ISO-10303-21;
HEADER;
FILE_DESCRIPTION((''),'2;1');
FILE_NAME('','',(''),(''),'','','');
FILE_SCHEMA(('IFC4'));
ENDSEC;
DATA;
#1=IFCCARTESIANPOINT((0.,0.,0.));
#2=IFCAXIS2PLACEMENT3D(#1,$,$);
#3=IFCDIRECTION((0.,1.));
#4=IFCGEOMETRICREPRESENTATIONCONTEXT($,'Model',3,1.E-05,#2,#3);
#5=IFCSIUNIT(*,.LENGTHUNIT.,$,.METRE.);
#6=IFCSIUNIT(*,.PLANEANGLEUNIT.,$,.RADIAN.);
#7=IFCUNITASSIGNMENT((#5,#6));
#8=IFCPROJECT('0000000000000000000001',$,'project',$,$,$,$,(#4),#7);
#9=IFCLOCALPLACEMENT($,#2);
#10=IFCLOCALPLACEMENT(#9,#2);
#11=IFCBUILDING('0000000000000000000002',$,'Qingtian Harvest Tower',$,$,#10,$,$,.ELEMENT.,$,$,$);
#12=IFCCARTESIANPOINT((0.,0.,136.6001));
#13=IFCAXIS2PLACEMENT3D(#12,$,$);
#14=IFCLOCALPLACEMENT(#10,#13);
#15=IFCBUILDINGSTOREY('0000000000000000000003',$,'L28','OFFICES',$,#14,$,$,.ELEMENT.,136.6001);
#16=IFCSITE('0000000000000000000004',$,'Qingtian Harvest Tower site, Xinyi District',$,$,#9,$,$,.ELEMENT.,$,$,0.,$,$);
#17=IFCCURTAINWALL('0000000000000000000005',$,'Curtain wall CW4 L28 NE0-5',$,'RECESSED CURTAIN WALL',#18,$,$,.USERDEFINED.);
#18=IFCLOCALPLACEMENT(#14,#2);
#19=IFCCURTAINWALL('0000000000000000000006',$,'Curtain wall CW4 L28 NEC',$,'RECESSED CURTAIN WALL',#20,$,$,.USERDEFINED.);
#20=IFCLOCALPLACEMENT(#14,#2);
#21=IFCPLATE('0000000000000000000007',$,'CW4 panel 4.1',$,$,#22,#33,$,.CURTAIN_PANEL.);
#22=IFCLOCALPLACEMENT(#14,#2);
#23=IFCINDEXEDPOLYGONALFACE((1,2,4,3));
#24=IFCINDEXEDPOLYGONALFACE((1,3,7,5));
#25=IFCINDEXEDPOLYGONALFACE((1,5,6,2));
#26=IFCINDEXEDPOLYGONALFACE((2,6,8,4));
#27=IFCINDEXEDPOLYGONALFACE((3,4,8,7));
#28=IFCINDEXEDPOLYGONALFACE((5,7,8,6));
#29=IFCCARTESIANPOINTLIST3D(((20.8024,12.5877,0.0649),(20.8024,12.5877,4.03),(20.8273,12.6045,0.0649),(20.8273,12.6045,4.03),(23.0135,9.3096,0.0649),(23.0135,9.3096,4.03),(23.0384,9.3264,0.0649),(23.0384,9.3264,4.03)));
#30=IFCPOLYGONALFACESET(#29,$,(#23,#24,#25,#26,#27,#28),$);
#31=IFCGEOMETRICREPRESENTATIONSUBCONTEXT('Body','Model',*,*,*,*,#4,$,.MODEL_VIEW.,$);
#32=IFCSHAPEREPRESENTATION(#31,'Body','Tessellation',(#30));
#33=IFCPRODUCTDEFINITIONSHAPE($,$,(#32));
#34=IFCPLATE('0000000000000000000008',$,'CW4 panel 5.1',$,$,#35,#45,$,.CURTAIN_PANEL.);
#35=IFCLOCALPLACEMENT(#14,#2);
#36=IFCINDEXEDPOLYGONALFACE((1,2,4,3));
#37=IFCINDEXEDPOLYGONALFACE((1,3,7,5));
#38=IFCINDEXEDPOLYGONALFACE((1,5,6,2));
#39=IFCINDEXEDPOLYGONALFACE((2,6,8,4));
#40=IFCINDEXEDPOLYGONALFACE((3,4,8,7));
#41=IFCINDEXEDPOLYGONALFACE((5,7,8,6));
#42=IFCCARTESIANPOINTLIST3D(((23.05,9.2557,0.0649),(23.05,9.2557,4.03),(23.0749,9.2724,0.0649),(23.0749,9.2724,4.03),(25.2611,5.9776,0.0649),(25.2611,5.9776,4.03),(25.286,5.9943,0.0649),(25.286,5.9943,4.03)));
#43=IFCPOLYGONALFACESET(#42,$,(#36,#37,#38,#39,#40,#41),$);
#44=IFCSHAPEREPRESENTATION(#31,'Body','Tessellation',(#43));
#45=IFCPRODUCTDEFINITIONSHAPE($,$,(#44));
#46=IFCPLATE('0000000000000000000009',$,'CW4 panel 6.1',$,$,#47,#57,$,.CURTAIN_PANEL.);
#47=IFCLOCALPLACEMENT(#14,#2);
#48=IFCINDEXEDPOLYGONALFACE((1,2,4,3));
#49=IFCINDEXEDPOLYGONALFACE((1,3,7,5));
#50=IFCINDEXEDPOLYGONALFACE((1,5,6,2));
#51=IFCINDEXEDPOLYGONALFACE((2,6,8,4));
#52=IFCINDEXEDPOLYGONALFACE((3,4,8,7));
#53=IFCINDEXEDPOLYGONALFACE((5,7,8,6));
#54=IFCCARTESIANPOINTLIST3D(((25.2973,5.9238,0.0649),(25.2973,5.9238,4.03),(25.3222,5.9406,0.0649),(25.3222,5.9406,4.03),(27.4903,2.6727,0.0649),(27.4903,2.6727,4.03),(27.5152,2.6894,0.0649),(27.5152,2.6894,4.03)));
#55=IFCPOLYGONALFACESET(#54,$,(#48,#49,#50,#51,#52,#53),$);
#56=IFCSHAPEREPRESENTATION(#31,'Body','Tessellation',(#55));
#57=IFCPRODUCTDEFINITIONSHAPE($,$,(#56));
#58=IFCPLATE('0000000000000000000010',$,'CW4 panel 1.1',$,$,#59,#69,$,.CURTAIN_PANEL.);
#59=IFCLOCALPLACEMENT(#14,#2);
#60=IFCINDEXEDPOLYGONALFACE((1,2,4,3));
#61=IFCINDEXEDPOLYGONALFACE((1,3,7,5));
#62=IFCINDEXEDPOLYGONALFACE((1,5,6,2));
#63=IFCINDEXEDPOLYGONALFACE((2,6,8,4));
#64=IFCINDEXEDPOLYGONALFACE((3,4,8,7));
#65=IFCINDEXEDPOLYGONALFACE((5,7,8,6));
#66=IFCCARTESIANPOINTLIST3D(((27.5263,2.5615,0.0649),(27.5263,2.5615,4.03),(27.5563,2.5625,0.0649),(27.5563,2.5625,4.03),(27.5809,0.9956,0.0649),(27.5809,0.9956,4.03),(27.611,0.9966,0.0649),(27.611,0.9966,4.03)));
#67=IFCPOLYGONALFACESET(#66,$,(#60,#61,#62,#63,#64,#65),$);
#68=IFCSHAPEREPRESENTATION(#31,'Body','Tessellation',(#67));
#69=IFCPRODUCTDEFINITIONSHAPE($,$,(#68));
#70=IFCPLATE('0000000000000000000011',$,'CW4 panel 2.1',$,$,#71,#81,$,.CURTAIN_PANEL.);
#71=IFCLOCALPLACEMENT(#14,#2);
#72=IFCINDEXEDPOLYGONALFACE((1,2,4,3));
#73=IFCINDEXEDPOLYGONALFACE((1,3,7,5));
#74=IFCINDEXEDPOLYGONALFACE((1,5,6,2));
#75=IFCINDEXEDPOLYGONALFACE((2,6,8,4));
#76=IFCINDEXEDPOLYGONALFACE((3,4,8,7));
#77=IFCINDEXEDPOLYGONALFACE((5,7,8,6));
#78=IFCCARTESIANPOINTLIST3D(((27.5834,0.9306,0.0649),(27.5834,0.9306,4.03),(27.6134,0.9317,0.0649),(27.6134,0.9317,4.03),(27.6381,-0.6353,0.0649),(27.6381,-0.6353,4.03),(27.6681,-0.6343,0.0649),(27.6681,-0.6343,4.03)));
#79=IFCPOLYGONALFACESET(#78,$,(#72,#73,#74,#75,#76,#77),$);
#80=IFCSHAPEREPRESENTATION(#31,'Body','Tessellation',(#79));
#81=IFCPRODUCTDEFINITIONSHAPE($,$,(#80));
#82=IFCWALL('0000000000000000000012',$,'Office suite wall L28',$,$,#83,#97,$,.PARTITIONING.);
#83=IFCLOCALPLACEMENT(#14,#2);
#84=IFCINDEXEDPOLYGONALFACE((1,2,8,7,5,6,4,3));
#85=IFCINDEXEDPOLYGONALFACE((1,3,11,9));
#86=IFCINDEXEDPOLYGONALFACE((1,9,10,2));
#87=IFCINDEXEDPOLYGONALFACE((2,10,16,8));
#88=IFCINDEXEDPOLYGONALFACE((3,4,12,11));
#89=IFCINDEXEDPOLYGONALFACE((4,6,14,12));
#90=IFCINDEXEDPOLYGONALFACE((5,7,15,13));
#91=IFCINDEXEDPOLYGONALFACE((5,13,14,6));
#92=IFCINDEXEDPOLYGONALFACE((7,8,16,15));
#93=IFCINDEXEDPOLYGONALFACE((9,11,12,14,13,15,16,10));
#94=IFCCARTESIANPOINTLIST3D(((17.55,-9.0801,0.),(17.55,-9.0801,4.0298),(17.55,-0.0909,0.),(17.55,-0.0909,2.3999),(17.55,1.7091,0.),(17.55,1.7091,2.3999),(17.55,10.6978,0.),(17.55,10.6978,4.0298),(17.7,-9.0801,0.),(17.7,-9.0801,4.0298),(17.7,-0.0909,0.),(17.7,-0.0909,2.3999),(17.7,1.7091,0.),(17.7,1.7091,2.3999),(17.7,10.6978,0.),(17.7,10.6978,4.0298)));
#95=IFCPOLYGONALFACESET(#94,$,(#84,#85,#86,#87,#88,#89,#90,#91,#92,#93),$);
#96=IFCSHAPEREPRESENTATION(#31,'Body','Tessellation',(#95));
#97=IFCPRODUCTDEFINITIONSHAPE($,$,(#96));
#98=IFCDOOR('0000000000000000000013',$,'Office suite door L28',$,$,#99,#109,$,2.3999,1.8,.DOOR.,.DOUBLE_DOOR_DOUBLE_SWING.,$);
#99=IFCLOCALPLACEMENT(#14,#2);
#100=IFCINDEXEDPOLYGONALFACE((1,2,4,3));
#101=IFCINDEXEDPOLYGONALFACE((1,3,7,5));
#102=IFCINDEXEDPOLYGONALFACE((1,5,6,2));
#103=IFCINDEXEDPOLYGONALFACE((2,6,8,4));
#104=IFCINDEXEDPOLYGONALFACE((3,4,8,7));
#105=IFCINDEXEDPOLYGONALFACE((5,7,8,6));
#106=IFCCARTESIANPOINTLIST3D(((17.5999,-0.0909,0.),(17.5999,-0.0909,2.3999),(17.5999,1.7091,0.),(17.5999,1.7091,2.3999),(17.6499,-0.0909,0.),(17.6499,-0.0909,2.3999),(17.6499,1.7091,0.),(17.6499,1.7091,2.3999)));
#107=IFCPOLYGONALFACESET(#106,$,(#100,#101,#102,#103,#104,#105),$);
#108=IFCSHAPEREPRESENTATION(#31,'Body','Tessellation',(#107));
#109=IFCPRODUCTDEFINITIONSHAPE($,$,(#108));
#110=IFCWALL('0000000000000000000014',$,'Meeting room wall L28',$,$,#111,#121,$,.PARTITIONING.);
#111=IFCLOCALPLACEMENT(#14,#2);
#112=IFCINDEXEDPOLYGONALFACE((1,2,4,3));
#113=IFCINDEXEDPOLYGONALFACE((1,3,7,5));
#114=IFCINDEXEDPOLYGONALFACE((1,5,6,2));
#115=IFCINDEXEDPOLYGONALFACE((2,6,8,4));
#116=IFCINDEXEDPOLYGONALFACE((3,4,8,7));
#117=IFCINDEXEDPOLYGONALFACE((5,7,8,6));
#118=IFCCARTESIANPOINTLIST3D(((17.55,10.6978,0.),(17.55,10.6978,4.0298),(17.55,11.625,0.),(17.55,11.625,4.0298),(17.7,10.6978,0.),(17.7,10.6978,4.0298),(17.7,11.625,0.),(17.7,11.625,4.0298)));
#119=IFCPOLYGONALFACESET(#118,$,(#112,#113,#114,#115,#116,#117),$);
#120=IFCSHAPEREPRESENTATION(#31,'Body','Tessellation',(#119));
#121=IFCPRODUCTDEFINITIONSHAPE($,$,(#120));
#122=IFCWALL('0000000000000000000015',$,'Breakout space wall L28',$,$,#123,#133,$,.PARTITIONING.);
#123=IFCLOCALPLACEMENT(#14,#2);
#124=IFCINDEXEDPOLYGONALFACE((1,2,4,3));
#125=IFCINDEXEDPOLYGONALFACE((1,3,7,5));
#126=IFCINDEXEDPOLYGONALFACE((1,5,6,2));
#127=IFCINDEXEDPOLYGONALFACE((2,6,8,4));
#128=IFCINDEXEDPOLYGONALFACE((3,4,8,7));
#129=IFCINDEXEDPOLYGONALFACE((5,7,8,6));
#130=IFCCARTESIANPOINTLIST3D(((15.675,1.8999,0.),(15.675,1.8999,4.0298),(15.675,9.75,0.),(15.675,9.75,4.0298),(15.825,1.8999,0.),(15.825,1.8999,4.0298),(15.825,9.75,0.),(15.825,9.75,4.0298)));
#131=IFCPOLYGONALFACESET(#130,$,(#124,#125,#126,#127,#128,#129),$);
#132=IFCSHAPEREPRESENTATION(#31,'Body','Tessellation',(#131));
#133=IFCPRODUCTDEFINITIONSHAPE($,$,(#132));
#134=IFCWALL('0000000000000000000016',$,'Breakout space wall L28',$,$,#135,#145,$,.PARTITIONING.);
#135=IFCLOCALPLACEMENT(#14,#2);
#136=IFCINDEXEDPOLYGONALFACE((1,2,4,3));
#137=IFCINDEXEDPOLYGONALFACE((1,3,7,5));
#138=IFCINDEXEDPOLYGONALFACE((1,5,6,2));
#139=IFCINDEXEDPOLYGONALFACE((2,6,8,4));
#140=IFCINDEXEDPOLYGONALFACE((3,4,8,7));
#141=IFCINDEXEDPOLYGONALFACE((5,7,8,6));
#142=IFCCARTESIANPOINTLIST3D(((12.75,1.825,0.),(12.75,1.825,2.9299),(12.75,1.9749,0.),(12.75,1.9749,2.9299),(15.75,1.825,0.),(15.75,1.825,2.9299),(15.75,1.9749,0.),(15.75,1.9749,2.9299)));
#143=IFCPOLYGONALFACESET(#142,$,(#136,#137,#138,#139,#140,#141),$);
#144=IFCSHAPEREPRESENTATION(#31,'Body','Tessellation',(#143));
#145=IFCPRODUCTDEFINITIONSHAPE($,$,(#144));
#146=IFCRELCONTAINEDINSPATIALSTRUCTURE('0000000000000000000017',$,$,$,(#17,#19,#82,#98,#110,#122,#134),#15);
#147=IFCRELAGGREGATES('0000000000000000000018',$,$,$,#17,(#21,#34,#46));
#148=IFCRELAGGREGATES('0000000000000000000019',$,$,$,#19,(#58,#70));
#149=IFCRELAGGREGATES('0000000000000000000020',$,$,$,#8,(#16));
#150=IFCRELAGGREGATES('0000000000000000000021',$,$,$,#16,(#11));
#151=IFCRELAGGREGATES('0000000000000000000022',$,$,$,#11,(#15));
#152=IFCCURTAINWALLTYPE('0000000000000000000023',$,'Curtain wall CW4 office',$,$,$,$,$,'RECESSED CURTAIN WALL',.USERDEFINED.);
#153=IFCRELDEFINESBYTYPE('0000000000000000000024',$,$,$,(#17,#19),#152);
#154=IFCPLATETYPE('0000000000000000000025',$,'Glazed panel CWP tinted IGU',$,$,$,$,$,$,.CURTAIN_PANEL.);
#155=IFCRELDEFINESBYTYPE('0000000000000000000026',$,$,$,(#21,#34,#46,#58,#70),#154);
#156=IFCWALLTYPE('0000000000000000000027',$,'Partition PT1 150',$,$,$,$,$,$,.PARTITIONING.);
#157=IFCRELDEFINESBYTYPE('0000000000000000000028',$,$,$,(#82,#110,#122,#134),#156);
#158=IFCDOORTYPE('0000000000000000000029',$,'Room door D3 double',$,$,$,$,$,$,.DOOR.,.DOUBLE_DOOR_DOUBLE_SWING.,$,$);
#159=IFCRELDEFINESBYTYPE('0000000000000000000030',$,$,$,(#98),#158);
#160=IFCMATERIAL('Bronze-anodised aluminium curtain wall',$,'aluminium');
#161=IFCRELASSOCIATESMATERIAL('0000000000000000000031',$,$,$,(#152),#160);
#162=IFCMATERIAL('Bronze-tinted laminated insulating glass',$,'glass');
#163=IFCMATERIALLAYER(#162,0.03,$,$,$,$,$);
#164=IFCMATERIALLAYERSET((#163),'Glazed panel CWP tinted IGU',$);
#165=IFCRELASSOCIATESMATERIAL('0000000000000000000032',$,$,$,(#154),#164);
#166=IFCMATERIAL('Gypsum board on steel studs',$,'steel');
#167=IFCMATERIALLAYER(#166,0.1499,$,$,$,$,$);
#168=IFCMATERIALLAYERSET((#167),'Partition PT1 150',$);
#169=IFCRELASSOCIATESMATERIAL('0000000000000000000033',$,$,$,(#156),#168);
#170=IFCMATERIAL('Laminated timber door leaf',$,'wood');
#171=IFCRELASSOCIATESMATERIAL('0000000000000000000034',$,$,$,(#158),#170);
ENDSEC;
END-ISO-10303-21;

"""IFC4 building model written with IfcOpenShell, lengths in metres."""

from ifc_helpers import new_model, si_unit, direction, frame, frame_2d, origin, origin_2d, place, context, subcontext, project, spatial, rectangle, extrude, material, layer, layer_set, type_object, element, fill, aggregate, save


model = new_model("IFC4")

# Units and contexts
model_context = context("Model", 3, precision=1e-05, world=origin(), true_north=direction((0.0, 1.0)))
body_context = subcontext(model_context, "Body", "Model", "MODEL_VIEW")
ifc_project = project(units=[si_unit("LENGTHUNIT", "METRE"), si_unit("PLANEANGLEUNIT", "RADIAN")], contexts=[model_context])

# Site, building, storey
site_placement = place(None, origin())
site = spatial("IfcSite", under=ifc_project, at=site_placement, Name="Qingtian Harvest Tower site, Xinyi District", CompositionType="ELEMENT", RefElevation=0.0)
building_placement = place(site_placement, origin())
building = spatial("IfcBuilding", under=site, at=building_placement, Name="Qingtian Harvest Tower", CompositionType="ELEMENT")
storey_placement = place(building_placement, frame((0.0, 0.0, 136.6001)))
storey = spatial("IfcBuildingStorey", under=building, at=storey_placement, Name="L28", Description="OFFICES", CompositionType="ELEMENT", Elevation=136.6001)

# Curtain walls
ifc_material_1 = material(Name="Bronze-anodised aluminium curtain wall", Category="aluminium")
curtain_wall_type = type_object("IfcCurtainWallType", Name="Curtain wall CW4 office", ElementType="RECESSED CURTAIN WALL", PredefinedType="USERDEFINED", material=ifc_material_1)
curtain_wall_1_placement = place(storey_placement, origin())
curtain_wall_1 = element("IfcCurtainWall", 1, at=curtain_wall_1_placement, inside=storey, type_object=curtain_wall_type, Name="Curtain wall CW4 L28 NE0-5", ObjectType="RECESSED CURTAIN WALL", PredefinedType="USERDEFINED")
curtain_wall_2_placement = place(storey_placement, origin())
curtain_wall_2 = element("IfcCurtainWall", 2, at=curtain_wall_2_placement, inside=storey, type_object=curtain_wall_type, Name="Curtain wall CW4 L28 NEC", ObjectType="RECESSED CURTAIN WALL", PredefinedType="USERDEFINED")

# Plates
ifc_material_2 = material(Name="Bronze-tinted laminated insulating glass", Category="glass")
ifc_layer_1 = layer(ifc_material_2, 0.03)
ifc_layer_set_1 = layer_set([ifc_layer_1], Name="Glazed panel CWP tinted IGU")
plate_type = type_object("IfcPlateType", Name="Glazed panel CWP tinted IGU", PredefinedType="CURTAIN_PANEL", material=ifc_layer_set_1)
plate_1_placement = place(storey_placement, frame((21.9204, 10.957, 0.0649), z_axis=(0.0, 0.0, 1.0), x_axis=(0.559193, -0.829038, 0.0)))
plate_1 = element("IfcPlate", 3, at=plate_1_placement, type_object=plate_type, Name="CW4 panel 4.1", PredefinedType="CURTAIN_PANEL", context=body_context, shape_type="SweptSolid", body=[
    extrude(rectangle(XDim=3.9541, YDim=0.03, at=origin_2d()), origin(), (0.0, 0.0, 1.0), 3.9651),
])
plate_2_placement = place(storey_placement, frame((24.168, 7.625, 0.0649), z_axis=(0.0, 0.0, 1.0), x_axis=(0.559193, -0.829038, 0.0)))
plate_2 = element("IfcPlate", 4, at=plate_2_placement, type_object=plate_type, Name="CW4 panel 5.1", PredefinedType="CURTAIN_PANEL", context=body_context, shape_type="SweptSolid", body=[
    extrude(rectangle(XDim=3.9541, YDim=0.03, at=origin_2d()), origin(), (0.0, 0.0, 1.0), 3.9651),
])
plate_3_placement = place(storey_placement, frame((26.4062, 4.3066, 0.0649), z_axis=(0.0, 0.0, 1.0), x_axis=(0.559193, -0.829038, 0.0)))
plate_3 = element("IfcPlate", 5, at=plate_3_placement, type_object=plate_type, Name="CW4 panel 6.1", PredefinedType="CURTAIN_PANEL", context=body_context, shape_type="SweptSolid", body=[
    extrude(rectangle(XDim=3.9216, YDim=0.03, at=origin_2d()), origin(), (0.0, 0.0, 1.0), 3.9651),
])
aggregate(curtain_wall_1, [plate_1, plate_2, plate_3])
plate_4_placement = place(storey_placement, frame((27.5686, 1.7791, 0.0649), z_axis=(0.0, 0.0, 1.0), x_axis=(0.034899, -0.999391, 0.0)))
plate_4 = element("IfcPlate", 6, at=plate_4_placement, type_object=plate_type, Name="CW4 panel 1.1", PredefinedType="CURTAIN_PANEL", context=body_context, shape_type="SweptSolid", body=[
    extrude(rectangle(XDim=1.5669, YDim=0.03, at=origin_2d()), origin(), (0.0, 0.0, 1.0), 3.9651),
])
plate_5_placement = place(storey_placement, frame((27.6257, 0.1482, 0.0649), z_axis=(0.0, 0.0, 1.0), x_axis=(0.034899, -0.999391, 0.0)))
plate_5 = element("IfcPlate", 7, at=plate_5_placement, type_object=plate_type, Name="CW4 panel 2.1", PredefinedType="CURTAIN_PANEL", context=body_context, shape_type="SweptSolid", body=[
    extrude(rectangle(XDim=1.5669, YDim=0.03, at=origin_2d()), origin(), (0.0, 0.0, 1.0), 3.9651),
])
aggregate(curtain_wall_2, [plate_4, plate_5])

# Wall, opening, door
ifc_material_3 = material(Name="Gypsum board on steel studs", Category="steel")
ifc_layer_2 = layer(ifc_material_3, 0.1499)
ifc_layer_set_2 = layer_set([ifc_layer_2], Name="Partition PT1 150")
wall_type = type_object("IfcWallType", Name="Partition PT1 150", PredefinedType="PARTITIONING", material=ifc_layer_set_2)
wall_1_placement = place(storey_placement, frame((17.625, 10.6978, 0.0), z_axis=(0.0, 0.0, 1.0), x_axis=(0.0, -1.0, 0.0)))
wall_1 = element("IfcWall", 8, at=wall_1_placement, inside=storey, type_object=wall_type, Name="Office suite wall L28", PredefinedType="PARTITIONING", context=body_context, shape_type="SweptSolid", body=[
    extrude(rectangle(XDim=19.7778, YDim=0.1499, at=frame_2d((9.8889, 0.0))), origin(), (0.0, 0.0, 1.0), 4.0298),
])
opening_placement = place(wall_1_placement, frame((8.9888, 0.0, 0.0)))
opening = element("IfcOpeningElement", 9, at=opening_placement, cuts=wall_1, PredefinedType="OPENING", context=body_context, shape_type="SweptSolid", body=[
    extrude(rectangle(XDim=1.8, YDim=2.3999, at=frame_2d((0.8999, 1.2))), frame((0.0, 0.085, 0.0), z_axis=(0.0, -1.0, 0.0), x_axis=(1.0, 0.0, 0.0)), (0.0, 0.0, 1.0), 0.1699),
])
ifc_material_4 = material(Name="Laminated timber door leaf", Category="wood")
door_type = type_object("IfcDoorType", Name="Room door D3 double", OperationType="DOUBLE_DOOR_DOUBLE_SWING", PredefinedType="DOOR", material=ifc_material_4)
door_placement = place(opening_placement, origin())
door = element("IfcDoor", 10, at=door_placement, inside=storey, type_object=door_type, Name="Office suite door L28", OperationType="DOUBLE_DOOR_DOUBLE_SWING", OverallHeight=2.3999, OverallWidth=1.8, PredefinedType="DOOR", context=body_context, shape_type="SweptSolid", body=[
    extrude(rectangle(XDim=1.8, YDim=2.3999, at=frame_2d((0.8999, 1.2))), frame((0.0, 0.0249, 0.0), z_axis=(0.0, -1.0, 0.0), x_axis=(1.0, 0.0, 0.0)), (0.0, 0.0, 1.0), 0.05),
])
fill(opening, door)

# Walls
wall_2_placement = place(storey_placement, frame((17.625, 11.625, 0.0), z_axis=(0.0, 0.0, 1.0), x_axis=(0.0, -1.0, 0.0)))
element("IfcWall", 11, at=wall_2_placement, inside=storey, type_object=wall_type, Name="Meeting room wall L28", PredefinedType="PARTITIONING", context=body_context, shape_type="SweptSolid", body=[
    extrude(rectangle(XDim=0.9272, YDim=0.1499, at=frame_2d((0.4636, 0.0))), origin(), (0.0, 0.0, 1.0), 4.0298),
])
wall_3_placement = place(storey_placement, frame((15.75, 1.8999, 0.0), z_axis=(0.0, 0.0, 1.0), x_axis=(0.0, 1.0, 0.0)))
element("IfcWall", 12, at=wall_3_placement, inside=storey, type_object=wall_type, Name="Breakout space wall L28", PredefinedType="PARTITIONING", context=body_context, shape_type="SweptSolid", body=[
    extrude(rectangle(XDim=7.8501, YDim=0.1499, at=frame_2d((3.925, 0.0))), origin(), (0.0, 0.0, 1.0), 4.0298),
])
wall_4_placement = place(storey_placement, frame((12.75, 1.8999, 0.0), z_axis=(0.0, 0.0, 1.0), x_axis=(1.0, 0.0, 0.0)))
element("IfcWall", 13, at=wall_4_placement, inside=storey, type_object=wall_type, Name="Breakout space wall L28", PredefinedType="PARTITIONING", context=body_context, shape_type="SweptSolid", body=[
    extrude(rectangle(XDim=3.0, YDim=0.1499, at=frame_2d((1.5, 0.0))), origin(), (0.0, 0.0, 1.0), 2.9299),
])

save(model, "model.ifc")
